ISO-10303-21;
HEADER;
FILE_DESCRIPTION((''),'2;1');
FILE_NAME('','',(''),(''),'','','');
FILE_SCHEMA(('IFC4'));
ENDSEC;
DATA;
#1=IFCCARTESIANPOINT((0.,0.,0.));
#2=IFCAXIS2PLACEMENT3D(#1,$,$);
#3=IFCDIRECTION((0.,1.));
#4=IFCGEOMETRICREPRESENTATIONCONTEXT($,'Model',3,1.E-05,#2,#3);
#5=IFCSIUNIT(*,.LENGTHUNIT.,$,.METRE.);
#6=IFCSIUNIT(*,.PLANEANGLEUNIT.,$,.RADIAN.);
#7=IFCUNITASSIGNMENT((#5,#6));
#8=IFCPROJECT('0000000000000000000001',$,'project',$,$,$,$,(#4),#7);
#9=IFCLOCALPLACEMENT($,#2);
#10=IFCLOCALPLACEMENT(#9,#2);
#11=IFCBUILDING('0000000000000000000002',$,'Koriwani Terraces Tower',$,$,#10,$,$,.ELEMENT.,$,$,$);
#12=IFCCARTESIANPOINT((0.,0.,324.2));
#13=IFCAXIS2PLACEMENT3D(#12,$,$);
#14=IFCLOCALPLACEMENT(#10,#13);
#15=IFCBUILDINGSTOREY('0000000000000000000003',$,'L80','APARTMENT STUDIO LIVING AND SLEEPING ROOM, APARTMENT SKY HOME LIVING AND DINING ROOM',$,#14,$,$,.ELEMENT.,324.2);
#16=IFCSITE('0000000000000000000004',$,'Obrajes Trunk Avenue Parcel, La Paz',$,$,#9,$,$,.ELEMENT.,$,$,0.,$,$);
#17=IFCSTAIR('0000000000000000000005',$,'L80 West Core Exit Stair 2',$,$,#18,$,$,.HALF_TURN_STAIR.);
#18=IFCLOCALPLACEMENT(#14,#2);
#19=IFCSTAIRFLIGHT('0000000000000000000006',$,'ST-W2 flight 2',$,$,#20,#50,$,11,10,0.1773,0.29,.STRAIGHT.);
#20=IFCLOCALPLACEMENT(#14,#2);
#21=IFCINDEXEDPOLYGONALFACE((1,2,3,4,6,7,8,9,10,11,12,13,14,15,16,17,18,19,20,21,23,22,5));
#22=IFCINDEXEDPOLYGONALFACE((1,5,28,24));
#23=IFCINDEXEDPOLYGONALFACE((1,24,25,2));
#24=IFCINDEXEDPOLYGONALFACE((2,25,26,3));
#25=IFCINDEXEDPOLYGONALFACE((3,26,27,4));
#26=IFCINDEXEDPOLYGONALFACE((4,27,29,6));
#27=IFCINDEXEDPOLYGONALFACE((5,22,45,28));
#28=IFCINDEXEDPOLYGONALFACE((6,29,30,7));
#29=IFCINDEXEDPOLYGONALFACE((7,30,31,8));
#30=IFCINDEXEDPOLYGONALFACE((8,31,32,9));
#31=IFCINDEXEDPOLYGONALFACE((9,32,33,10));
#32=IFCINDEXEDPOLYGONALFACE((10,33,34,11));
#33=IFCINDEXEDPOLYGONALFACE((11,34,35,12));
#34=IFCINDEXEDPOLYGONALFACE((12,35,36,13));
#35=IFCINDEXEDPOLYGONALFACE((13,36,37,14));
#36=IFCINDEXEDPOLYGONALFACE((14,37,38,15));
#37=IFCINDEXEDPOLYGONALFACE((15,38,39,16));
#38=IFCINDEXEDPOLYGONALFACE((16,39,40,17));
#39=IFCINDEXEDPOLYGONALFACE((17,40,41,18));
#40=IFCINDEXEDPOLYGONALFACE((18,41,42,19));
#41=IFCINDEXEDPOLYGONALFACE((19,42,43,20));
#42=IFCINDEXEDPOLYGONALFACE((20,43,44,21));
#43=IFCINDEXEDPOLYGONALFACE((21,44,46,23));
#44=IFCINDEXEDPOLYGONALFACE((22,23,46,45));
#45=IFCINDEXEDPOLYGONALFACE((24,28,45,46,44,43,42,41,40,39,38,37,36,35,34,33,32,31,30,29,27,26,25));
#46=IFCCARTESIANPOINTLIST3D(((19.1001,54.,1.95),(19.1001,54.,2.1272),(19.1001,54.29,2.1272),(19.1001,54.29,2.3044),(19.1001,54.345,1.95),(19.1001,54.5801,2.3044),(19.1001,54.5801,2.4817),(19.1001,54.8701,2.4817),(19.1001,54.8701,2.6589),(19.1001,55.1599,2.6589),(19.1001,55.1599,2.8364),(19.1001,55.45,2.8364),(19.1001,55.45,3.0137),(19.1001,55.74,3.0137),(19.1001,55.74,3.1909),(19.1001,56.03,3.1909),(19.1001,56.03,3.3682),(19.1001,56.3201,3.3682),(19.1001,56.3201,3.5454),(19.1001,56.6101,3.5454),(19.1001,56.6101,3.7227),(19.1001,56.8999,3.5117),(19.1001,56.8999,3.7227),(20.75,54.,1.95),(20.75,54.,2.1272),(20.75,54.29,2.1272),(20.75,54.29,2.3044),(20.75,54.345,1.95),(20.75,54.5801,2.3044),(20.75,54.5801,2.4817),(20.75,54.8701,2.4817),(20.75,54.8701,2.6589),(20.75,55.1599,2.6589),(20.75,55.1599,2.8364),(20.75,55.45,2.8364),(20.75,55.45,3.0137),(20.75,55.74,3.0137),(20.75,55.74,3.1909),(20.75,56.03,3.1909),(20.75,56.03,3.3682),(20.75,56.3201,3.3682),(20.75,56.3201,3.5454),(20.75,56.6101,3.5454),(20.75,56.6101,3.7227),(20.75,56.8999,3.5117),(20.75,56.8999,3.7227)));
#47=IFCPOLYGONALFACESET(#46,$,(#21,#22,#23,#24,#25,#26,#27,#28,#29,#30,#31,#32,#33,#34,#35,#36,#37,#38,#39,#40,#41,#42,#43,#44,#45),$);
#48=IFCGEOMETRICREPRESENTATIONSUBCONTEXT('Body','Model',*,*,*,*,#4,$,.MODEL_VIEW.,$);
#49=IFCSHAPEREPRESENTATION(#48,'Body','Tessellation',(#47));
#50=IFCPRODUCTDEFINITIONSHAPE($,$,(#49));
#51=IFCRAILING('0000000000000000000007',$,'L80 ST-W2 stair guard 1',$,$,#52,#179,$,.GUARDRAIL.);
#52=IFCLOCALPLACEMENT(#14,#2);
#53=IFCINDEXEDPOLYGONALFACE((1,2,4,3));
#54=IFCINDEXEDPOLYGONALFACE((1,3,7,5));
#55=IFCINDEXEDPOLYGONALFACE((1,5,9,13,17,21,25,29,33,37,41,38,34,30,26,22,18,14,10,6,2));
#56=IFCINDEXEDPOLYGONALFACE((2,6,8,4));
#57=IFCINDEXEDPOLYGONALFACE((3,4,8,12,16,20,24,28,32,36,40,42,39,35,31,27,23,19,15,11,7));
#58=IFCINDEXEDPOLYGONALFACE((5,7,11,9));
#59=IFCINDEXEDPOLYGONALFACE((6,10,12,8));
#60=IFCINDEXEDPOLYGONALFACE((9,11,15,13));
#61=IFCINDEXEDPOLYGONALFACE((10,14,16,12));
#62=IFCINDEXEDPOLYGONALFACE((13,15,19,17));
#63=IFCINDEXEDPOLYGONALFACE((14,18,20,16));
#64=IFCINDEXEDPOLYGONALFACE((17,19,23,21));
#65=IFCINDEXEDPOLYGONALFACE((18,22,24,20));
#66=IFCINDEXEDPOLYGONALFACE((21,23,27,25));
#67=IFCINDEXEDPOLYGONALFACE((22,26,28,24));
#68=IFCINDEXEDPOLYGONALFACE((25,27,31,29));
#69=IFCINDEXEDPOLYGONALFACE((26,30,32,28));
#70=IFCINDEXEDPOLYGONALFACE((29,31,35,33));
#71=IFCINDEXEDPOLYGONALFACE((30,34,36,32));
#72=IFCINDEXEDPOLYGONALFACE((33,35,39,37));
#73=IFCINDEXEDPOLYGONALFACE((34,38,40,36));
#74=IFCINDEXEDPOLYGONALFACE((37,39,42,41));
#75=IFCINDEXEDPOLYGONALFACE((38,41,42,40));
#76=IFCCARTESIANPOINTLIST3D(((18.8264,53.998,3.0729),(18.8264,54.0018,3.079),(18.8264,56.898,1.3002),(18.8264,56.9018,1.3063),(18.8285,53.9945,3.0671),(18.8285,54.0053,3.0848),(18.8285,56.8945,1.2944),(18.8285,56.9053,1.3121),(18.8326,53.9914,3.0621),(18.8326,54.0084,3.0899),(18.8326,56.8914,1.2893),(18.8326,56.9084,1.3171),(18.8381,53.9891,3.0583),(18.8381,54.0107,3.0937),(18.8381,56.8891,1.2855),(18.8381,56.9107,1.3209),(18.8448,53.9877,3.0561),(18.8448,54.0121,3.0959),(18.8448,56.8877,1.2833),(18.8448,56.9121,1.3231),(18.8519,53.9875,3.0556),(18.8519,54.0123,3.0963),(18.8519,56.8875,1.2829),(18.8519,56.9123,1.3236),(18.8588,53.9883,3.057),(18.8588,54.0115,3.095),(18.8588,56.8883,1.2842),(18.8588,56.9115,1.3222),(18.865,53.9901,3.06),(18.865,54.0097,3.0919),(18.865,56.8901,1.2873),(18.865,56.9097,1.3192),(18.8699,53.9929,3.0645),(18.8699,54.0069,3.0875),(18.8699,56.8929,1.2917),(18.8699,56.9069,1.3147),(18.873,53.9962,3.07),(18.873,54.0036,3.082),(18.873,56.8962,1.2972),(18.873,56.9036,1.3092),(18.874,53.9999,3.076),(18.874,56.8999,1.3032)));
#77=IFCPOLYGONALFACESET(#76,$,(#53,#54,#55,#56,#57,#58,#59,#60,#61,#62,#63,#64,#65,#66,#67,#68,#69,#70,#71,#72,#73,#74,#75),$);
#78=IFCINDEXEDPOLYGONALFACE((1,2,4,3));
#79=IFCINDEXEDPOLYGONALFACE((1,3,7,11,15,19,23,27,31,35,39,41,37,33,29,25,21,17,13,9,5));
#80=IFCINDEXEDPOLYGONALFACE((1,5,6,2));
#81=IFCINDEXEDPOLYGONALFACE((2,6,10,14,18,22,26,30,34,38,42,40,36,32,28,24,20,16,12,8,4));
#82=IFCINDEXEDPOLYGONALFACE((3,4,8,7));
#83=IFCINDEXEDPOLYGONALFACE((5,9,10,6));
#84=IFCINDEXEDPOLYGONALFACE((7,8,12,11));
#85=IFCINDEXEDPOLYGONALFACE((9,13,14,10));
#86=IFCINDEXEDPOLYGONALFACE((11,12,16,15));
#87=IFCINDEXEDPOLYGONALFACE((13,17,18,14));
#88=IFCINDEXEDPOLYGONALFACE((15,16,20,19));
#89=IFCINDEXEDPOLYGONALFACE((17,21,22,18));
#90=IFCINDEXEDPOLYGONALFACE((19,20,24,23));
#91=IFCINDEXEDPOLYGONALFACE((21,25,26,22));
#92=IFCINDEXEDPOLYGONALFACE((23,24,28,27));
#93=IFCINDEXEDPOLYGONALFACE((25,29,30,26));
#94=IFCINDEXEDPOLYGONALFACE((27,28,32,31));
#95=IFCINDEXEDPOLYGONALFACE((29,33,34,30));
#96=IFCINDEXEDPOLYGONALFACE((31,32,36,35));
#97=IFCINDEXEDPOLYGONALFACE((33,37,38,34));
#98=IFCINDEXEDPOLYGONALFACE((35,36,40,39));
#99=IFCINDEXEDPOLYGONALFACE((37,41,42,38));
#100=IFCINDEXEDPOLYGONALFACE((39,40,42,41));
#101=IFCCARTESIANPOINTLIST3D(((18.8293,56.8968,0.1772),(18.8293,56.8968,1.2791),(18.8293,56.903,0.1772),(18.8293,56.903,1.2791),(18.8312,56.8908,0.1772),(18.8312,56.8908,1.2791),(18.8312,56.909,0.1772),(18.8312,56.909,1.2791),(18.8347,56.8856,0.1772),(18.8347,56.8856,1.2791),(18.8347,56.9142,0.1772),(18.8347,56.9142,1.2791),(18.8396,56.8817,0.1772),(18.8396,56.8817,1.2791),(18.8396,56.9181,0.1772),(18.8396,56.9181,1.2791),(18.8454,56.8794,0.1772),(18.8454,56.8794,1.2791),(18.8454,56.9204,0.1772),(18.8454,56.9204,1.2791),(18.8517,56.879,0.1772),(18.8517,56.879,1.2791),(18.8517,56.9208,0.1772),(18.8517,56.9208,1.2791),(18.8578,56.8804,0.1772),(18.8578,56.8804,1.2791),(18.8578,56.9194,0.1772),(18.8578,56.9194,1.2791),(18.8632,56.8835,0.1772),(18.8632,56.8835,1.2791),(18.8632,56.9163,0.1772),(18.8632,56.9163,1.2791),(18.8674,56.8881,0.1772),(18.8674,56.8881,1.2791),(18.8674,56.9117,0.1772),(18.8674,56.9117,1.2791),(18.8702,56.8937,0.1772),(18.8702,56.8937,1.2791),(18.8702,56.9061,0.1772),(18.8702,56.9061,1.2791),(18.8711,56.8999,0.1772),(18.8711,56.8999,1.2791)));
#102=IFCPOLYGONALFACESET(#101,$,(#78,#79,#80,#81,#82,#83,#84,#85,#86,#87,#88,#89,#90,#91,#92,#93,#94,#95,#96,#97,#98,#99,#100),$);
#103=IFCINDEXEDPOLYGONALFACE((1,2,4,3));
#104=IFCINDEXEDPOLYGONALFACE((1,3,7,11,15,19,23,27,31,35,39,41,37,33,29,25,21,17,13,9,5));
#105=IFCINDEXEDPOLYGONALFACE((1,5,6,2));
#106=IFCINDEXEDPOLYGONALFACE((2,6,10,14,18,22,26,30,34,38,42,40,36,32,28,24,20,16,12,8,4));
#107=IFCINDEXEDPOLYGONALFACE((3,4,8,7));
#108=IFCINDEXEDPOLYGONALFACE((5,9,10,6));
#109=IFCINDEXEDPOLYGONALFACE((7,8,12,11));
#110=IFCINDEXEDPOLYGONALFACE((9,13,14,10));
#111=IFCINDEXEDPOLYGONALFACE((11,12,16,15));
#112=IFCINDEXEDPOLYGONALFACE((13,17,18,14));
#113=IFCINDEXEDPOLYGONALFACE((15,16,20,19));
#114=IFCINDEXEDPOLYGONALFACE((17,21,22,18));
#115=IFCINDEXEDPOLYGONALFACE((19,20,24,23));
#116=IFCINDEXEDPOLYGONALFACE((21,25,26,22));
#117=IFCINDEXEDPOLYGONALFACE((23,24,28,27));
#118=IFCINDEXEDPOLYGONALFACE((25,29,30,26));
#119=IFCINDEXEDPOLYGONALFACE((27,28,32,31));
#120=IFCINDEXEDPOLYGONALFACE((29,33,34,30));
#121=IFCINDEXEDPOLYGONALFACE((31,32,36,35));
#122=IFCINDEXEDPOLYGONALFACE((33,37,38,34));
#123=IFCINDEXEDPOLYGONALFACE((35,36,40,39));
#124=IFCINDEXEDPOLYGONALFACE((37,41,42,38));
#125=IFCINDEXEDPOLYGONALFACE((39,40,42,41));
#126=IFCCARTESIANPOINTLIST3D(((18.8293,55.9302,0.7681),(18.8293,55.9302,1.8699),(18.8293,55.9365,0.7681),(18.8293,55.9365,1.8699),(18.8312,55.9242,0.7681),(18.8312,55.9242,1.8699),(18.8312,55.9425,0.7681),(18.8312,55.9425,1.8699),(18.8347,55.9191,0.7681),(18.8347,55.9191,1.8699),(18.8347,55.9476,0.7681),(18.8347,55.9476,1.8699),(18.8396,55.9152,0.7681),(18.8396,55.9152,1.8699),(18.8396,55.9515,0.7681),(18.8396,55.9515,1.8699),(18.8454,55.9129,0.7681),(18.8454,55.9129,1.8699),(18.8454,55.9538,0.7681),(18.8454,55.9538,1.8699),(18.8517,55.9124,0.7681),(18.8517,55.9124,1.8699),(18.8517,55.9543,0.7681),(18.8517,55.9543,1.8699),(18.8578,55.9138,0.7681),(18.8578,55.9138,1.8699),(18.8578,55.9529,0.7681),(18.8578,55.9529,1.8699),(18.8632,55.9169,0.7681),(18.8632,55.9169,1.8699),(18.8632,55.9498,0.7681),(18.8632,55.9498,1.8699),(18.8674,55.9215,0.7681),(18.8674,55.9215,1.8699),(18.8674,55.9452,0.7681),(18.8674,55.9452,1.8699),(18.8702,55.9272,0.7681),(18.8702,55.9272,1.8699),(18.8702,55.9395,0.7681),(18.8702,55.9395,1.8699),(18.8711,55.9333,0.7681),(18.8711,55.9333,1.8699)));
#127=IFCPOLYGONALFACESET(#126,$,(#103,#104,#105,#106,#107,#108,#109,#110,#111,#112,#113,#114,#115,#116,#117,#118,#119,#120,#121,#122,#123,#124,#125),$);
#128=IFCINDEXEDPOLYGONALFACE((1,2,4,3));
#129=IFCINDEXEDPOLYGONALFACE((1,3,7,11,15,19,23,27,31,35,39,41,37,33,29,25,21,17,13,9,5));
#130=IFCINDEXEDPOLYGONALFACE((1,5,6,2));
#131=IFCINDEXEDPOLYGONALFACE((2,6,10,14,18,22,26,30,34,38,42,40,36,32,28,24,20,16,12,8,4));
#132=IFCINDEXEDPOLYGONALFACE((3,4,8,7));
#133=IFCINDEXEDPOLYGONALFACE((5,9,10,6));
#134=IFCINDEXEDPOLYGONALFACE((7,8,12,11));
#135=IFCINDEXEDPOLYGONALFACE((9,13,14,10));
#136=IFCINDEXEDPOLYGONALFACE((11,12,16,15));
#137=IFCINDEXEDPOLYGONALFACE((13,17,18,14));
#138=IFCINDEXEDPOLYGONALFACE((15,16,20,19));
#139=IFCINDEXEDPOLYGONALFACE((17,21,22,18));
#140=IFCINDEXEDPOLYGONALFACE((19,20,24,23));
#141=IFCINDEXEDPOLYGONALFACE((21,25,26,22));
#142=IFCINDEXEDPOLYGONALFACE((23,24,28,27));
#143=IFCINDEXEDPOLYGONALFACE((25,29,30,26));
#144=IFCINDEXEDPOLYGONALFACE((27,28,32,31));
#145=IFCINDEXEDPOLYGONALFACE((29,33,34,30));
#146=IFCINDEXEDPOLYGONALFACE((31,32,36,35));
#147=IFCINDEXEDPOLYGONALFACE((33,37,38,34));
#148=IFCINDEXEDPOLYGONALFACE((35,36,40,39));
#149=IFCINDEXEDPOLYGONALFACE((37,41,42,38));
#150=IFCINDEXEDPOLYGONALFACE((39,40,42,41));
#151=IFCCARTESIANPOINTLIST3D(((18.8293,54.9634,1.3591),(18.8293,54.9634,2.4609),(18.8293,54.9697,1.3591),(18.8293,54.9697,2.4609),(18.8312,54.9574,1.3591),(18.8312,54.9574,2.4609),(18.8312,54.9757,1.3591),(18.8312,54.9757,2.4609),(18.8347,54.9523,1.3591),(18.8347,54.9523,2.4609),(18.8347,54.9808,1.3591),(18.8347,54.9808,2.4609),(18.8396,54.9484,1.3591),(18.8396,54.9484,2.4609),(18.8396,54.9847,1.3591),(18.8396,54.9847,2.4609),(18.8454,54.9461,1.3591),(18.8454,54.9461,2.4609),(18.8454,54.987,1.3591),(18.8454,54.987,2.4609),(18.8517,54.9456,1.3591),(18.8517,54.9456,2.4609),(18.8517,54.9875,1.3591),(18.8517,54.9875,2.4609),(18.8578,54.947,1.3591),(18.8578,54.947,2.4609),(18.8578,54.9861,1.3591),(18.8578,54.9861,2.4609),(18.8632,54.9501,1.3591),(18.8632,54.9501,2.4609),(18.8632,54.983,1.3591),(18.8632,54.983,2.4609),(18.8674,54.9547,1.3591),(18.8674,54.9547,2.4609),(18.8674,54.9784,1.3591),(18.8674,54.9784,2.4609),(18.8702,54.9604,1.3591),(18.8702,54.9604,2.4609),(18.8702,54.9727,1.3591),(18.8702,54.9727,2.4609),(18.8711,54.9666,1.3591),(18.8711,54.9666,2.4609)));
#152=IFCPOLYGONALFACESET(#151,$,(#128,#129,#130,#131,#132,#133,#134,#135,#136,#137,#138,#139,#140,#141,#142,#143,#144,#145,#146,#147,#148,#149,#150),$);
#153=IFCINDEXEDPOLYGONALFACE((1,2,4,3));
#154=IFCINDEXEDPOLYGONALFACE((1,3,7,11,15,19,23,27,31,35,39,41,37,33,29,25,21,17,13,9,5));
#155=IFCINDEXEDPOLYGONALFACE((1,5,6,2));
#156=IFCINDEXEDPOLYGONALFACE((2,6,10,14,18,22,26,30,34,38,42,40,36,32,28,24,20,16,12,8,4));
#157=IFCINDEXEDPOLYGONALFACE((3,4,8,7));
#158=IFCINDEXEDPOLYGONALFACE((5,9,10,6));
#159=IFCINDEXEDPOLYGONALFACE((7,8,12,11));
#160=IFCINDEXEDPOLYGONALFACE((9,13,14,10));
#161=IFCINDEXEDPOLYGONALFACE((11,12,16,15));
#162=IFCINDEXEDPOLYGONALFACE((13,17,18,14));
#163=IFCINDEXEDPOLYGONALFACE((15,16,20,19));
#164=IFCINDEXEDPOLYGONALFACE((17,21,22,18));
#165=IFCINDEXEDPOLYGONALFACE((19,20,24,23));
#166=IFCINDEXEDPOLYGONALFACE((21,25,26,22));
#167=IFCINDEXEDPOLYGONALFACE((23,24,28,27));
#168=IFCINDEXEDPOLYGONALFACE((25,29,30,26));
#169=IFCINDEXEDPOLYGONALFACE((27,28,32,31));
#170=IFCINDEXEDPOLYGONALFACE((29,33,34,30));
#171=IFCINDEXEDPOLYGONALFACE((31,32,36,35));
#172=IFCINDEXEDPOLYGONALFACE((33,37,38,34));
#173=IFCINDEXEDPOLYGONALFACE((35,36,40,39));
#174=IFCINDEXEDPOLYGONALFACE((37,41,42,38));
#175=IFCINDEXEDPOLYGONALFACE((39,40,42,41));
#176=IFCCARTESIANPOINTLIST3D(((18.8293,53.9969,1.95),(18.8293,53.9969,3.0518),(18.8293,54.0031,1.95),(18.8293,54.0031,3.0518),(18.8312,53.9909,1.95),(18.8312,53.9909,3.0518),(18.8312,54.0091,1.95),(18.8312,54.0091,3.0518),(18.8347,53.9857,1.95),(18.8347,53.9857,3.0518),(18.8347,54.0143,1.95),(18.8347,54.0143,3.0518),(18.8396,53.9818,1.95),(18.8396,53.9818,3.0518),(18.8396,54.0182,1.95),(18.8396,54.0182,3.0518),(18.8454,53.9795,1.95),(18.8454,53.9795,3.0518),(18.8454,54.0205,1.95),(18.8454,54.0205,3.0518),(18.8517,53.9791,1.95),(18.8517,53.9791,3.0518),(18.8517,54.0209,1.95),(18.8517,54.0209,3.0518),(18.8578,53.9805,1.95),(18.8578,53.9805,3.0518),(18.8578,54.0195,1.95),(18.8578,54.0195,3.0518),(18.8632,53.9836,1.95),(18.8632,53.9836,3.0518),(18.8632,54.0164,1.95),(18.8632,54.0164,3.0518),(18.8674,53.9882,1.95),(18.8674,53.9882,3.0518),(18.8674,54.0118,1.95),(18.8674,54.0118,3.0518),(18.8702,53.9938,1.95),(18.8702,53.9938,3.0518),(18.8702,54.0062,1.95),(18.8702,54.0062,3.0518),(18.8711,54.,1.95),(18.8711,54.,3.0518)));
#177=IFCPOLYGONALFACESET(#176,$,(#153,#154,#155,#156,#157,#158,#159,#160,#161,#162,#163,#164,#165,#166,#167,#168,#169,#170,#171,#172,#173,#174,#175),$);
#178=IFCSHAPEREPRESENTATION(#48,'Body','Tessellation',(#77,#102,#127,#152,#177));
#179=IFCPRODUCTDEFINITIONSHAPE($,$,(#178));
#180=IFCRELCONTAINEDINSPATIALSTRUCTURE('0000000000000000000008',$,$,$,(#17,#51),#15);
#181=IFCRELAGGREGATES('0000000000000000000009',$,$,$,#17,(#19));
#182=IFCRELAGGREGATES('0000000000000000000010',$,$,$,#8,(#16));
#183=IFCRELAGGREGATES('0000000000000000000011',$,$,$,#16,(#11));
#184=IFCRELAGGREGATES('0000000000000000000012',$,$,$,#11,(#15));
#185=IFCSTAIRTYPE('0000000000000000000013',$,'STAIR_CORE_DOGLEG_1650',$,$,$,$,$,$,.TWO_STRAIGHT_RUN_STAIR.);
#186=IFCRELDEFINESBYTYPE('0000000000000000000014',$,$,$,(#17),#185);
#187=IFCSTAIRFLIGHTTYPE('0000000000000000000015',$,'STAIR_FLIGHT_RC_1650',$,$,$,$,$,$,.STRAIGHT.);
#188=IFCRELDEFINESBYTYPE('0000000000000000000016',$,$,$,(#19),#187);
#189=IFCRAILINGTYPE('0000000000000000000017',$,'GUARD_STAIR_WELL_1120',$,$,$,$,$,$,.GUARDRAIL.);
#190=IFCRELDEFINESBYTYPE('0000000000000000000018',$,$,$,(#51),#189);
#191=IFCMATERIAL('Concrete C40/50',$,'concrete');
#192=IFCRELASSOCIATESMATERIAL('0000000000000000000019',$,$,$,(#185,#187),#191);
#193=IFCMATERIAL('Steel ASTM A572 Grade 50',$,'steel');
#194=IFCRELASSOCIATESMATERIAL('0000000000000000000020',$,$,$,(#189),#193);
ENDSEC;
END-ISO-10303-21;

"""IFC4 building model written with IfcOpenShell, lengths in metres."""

from ifc_helpers import new_model, si_unit, direction, frame, origin, origin_2d, place, context, subcontext, project, spatial, polyline, circle, outline, extrude, material, type_object, element, aggregate, save


model = new_model("IFC4")

# Units and contexts
model_context = context("Model", 3, precision=1e-05, world=origin(), true_north=direction((0.0, 1.0)))
body_context = subcontext(model_context, "Body", "Model", "MODEL_VIEW")
ifc_project = project(units=[si_unit("LENGTHUNIT", "METRE"), si_unit("PLANEANGLEUNIT", "RADIAN")], contexts=[model_context])

# Site, building, storey
site_placement = place(None, origin())
site = spatial("IfcSite", under=ifc_project, at=site_placement, Name="Obrajes Trunk Avenue Parcel, La Paz", CompositionType="ELEMENT", RefElevation=0.0)
building_placement = place(site_placement, origin())
building = spatial("IfcBuilding", under=site, at=building_placement, Name="Koriwani Terraces Tower", CompositionType="ELEMENT")
storey_placement = place(building_placement, frame((0.0, 0.0, 324.2)))
storey = spatial("IfcBuildingStorey", under=building, at=storey_placement, Name="L80", Description="APARTMENT STUDIO LIVING AND SLEEPING ROOM, APARTMENT SKY HOME LIVING AND DINING ROOM", CompositionType="ELEMENT", Elevation=324.2)

# Shared definitions
ifc_material_1 = material(Name="Concrete C40/50", Category="concrete")
ifc_material_2 = material(Name="Steel ASTM A572 Grade 50", Category="steel")

# Stair, stair flight
stair_type = type_object("IfcStairType", Name="STAIR_CORE_DOGLEG_1650", PredefinedType="TWO_STRAIGHT_RUN_STAIR", material=ifc_material_1)
stair_placement = place(storey_placement, origin())
stair = element("IfcStair", 1, at=stair_placement, inside=storey, type_object=stair_type, Name="L80 West Core Exit Stair 2", PredefinedType="HALF_TURN_STAIR")
stair_flight_type = type_object("IfcStairFlightType", Name="STAIR_FLIGHT_RC_1650", PredefinedType="STRAIGHT", material=ifc_material_1)
stair_flight_1_placement = place(storey_placement, frame((19.925, 54.0, 1.95), z_axis=(0.0, 0.0, 1.0), x_axis=(0.0, 1.0, 0.0)))
stair_flight_1 = element("IfcStairFlight", 2, at=stair_flight_1_placement, type_object=stair_flight_type, Name="ST-W2 flight 2", NumberOfRisers=11, NumberOfTreads=10, PredefinedType="STRAIGHT", RiserHeight=0.1773, TreadLength=0.29, context=body_context, shape_type="SweptSolid", body=[
    extrude(outline(polyline([(0.0, 0.0), (0.0, 0.1772), (0.29, 0.1772), (0.29, 0.3545), (0.5801, 0.3545), (0.5801, 0.5317), (0.8701, 0.5317), (0.8701, 0.709), (1.1599, 0.709), (1.1599, 0.8865), (1.45, 0.8865), (1.45, 1.0637), (1.74, 1.0637), (1.74, 1.241), (2.03, 1.241), (2.03, 1.4182), (2.3201, 1.4182), (2.3201, 1.5955), (2.6101, 1.5955), (2.6101, 1.7727), (2.8999, 1.7727), (2.8999, 1.95), (2.8999, 1.5618), (0.345, 0.0), (0.0, 0.0)])), frame((0.0, 0.825, 0.0), z_axis=(0.0, -1.0, 0.0), x_axis=(1.0, 0.0, 0.0)), (0.0, 0.0, 1.0), 1.6499),
])
aggregate(stair, [stair_flight_1])

# Railing
railing_type_1 = type_object("IfcRailingType", Name="GUARD_STAIR_WELL_1120", PredefinedType="GUARDRAIL", material=ifc_material_2)
railing_1_placement = place(storey_placement, frame((18.8501, 56.8999, 0.1772)))
element("IfcRailing", 3, at=railing_1_placement, inside=storey, type_object=railing_type_1, Name="L80 ST-W2 stair guard 1", PredefinedType="GUARDRAIL", context=body_context, shape_type="SweptSolid", body=[
    extrude(circle(Radius=0.0239, at=origin_2d()), frame((0.0, 0.0, 1.126), z_axis=(0.0, -0.853211, 0.521566), x_axis=(1.0, 0.0, 0.0)), (0.0, 0.0, 1.0), 3.3989),
    extrude(circle(Radius=0.021, at=origin_2d()), origin(), (0.0, 0.0, 1.0), 1.1018),
    extrude(circle(Radius=0.021, at=origin_2d()), frame((0.0, -0.9666, 0.5908)), (0.0, 0.0, 1.0), 1.1018),
    extrude(circle(Radius=0.021, at=origin_2d()), frame((0.0, -1.9333, 1.1819)), (0.0, 0.0, 1.0), 1.1018),
    extrude(circle(Radius=0.021, at=origin_2d()), frame((0.0, -2.8999, 1.7727)), (0.0, 0.0, 1.0), 1.1018),
])

save(model, "model.ifc")
